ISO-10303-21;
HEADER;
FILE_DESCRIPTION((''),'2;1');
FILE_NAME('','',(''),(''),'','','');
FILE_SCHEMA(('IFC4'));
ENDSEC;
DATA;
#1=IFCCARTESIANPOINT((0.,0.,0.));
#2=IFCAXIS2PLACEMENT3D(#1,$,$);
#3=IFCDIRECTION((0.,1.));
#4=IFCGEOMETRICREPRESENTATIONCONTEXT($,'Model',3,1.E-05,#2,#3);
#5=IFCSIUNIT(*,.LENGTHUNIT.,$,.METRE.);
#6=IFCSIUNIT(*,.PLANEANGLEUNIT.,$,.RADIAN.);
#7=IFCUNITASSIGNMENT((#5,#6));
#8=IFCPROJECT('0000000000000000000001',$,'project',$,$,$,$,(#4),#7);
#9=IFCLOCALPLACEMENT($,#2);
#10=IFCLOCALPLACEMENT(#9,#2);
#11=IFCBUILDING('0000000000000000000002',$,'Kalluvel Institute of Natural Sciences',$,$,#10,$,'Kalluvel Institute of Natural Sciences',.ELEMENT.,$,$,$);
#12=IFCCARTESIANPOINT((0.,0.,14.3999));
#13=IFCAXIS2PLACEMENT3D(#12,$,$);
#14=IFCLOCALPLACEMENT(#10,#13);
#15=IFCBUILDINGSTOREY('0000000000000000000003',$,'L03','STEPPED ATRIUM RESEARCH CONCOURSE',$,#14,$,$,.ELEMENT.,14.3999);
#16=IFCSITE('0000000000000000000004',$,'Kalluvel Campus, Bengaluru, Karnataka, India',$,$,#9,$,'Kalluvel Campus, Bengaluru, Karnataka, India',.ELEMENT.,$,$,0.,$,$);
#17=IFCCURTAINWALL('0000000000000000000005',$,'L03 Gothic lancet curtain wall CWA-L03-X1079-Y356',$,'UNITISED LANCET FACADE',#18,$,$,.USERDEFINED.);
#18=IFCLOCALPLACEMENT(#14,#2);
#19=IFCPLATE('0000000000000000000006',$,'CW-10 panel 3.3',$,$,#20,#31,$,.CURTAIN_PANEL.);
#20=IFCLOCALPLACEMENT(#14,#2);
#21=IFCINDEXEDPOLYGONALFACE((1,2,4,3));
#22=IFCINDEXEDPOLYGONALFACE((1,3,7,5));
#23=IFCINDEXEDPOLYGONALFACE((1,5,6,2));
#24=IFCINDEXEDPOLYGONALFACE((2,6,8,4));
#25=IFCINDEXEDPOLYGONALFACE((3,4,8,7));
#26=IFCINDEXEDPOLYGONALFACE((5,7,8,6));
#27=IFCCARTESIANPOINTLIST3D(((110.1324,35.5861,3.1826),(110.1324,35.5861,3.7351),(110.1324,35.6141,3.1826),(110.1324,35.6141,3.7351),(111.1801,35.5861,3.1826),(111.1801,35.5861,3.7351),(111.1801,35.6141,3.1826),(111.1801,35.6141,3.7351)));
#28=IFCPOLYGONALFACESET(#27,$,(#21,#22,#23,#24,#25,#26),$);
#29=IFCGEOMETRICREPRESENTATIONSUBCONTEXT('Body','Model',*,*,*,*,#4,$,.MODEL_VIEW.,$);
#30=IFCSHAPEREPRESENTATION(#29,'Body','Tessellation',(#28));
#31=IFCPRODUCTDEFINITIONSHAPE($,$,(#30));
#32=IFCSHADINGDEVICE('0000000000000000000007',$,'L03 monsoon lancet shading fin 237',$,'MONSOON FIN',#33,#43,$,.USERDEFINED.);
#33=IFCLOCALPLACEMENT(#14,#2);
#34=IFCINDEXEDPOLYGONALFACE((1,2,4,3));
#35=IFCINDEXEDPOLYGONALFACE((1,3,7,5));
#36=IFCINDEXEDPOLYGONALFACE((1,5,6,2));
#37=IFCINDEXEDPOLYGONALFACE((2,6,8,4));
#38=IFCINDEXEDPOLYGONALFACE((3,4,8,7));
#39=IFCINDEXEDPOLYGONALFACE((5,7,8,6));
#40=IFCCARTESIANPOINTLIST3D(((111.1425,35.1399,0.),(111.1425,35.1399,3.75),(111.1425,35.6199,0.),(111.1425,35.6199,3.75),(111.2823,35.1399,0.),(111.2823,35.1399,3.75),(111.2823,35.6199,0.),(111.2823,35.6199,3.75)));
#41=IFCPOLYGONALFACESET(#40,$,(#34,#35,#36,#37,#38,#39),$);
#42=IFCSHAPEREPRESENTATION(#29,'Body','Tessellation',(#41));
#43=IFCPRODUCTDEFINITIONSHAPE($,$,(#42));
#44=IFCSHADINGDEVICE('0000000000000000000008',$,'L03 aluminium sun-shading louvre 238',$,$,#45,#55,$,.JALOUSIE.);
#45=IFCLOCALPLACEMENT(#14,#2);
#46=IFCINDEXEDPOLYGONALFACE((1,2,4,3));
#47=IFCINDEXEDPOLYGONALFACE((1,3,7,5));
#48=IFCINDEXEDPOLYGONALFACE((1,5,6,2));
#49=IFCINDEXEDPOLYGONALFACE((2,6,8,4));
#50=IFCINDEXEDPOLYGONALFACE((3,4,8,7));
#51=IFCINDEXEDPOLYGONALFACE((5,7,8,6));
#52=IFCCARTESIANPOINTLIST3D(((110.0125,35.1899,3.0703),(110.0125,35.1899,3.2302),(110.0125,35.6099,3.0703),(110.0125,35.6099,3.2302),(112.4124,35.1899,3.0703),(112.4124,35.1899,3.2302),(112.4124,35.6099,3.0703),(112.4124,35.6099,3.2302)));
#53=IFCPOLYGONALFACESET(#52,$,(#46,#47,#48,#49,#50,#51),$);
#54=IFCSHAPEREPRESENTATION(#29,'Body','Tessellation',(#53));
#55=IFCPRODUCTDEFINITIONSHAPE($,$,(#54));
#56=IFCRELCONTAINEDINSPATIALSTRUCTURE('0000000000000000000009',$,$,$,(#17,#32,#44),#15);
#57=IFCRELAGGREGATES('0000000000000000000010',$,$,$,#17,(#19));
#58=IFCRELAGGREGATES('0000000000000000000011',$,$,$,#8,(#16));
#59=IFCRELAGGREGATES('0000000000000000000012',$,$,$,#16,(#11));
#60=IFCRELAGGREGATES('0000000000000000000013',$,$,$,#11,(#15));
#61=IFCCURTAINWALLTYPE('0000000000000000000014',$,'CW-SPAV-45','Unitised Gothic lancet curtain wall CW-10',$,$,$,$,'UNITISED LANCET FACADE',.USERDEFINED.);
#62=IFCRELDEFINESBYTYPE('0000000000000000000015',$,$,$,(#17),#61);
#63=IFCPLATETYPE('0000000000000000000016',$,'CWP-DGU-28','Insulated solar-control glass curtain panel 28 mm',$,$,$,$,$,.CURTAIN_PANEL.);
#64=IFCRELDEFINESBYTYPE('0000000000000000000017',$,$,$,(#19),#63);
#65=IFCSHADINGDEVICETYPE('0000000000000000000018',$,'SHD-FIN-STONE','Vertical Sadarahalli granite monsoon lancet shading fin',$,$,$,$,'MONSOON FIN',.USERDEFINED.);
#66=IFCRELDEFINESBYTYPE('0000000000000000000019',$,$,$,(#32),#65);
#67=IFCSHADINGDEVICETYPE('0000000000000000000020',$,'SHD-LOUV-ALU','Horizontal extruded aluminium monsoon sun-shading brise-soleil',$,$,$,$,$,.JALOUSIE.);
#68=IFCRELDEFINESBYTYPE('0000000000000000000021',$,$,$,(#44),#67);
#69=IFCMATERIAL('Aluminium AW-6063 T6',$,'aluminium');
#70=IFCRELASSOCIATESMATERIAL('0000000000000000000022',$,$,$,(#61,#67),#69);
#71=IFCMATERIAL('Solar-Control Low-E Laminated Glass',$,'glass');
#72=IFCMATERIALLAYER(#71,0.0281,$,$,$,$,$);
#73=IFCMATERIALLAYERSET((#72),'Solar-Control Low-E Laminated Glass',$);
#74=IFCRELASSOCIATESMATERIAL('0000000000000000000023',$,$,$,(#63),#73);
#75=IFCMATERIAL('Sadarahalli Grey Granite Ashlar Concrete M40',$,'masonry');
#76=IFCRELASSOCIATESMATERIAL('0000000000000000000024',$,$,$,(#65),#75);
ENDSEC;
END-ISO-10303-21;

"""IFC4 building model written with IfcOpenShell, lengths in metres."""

from ifc_helpers import new_model, si_unit, direction, frame, origin, origin_2d, place, context, subcontext, project, spatial, rectangle, extrude, material, layer, layer_set, type_object, element, aggregate, save


model = new_model("IFC4")

# Units and contexts
model_context = context("Model", 3, precision=1e-05, world=origin(), true_north=direction((0.0, 1.0)))
body_context = subcontext(model_context, "Body", "Model", "MODEL_VIEW")
ifc_project = project(units=[si_unit("LENGTHUNIT", "METRE"), si_unit("PLANEANGLEUNIT", "RADIAN")], contexts=[model_context])

# Site, building, storey
site_placement = place(None, origin())
site = spatial("IfcSite", under=ifc_project, at=site_placement, Name="Kalluvel Campus, Bengaluru, Karnataka, India", LongName="Kalluvel Campus, Bengaluru, Karnataka, India", CompositionType="ELEMENT", RefElevation=0.0)
building_placement = place(site_placement, origin())
building = spatial("IfcBuilding", under=site, at=building_placement, Name="Kalluvel Institute of Natural Sciences", LongName="Kalluvel Institute of Natural Sciences", CompositionType="ELEMENT")
storey_placement = place(building_placement, frame((0.0, 0.0, 14.3999)))
storey = spatial("IfcBuildingStorey", under=building, at=storey_placement, Name="L03", Description="STEPPED ATRIUM RESEARCH CONCOURSE", CompositionType="ELEMENT", Elevation=14.3999)

# Curtain wall
ifc_material_1 = material(Name="Aluminium AW-6063 T6", Category="aluminium")
curtain_wall_type = type_object("IfcCurtainWallType", Name="CW-SPAV-45", Description="Unitised Gothic lancet curtain wall CW-10", ElementType="UNITISED LANCET FACADE", PredefinedType="USERDEFINED", material=ifc_material_1)
curtain_wall_placement = place(storey_placement, origin())
curtain_wall = element("IfcCurtainWall", 1, at=curtain_wall_placement, inside=storey, type_object=curtain_wall_type, Name="L03 Gothic lancet curtain wall CWA-L03-X1079-Y356", ObjectType="UNITISED LANCET FACADE", PredefinedType="USERDEFINED")

# Plate
ifc_material_2 = material(Name="Solar-Control Low-E Laminated Glass", Category="glass")
ifc_layer = layer(ifc_material_2, 0.0281)
ifc_layer_set = layer_set([ifc_layer], Name="Solar-Control Low-E Laminated Glass")
plate_type = type_object("IfcPlateType", Name="CWP-DGU-28", Description="Insulated solar-control glass curtain panel 28 mm", PredefinedType="CURTAIN_PANEL", material=ifc_layer_set)
plate_1_placement = place(storey_placement, frame((110.6562, 35.6001, 3.1826), z_axis=(0.0, 0.0, 1.0), x_axis=(1.0, 0.0, 0.0)))
plate_1 = element("IfcPlate", 2, at=plate_1_placement, type_object=plate_type, Name="CW-10 panel 3.3", PredefinedType="CURTAIN_PANEL", context=body_context, shape_type="SweptSolid", body=[
    extrude(rectangle(XDim=1.0476, YDim=0.0281, at=origin_2d()), origin(), (0.0, 0.0, 1.0), 0.5525),
])
aggregate(curtain_wall, [plate_1])

# Shading devices
ifc_material_3 = material(Name="Sadarahalli Grey Granite Ashlar Concrete M40", Category="masonry")
shading_device_type_1 = type_object("IfcShadingDeviceType", Name="SHD-FIN-STONE", Description="Vertical Sadarahalli granite monsoon lancet shading fin", ElementType="MONSOON FIN", PredefinedType="USERDEFINED", material=ifc_material_3)
shading_device_1_placement = place(storey_placement, frame((111.2124, 35.3799, 0.0), z_axis=(0.0, 0.0, 1.0), x_axis=(1.0, 0.0, 0.0)))
element("IfcShadingDevice", 3, at=shading_device_1_placement, inside=storey, type_object=shading_device_type_1, Name="L03 monsoon lancet shading fin 237", ObjectType="MONSOON FIN", PredefinedType="USERDEFINED", context=body_context, shape_type="SweptSolid", body=[
    extrude(rectangle(XDim=0.1399, YDim=0.48, at=origin_2d()), origin(), (0.0, 0.0, 1.0), 3.75),
])
shading_device_type_2 = type_object("IfcShadingDeviceType", Name="SHD-LOUV-ALU", Description="Horizontal extruded aluminium monsoon sun-shading brise-soleil", PredefinedType="JALOUSIE", material=ifc_material_1)
shading_device_2_placement = place(storey_placement, frame((111.2124, 35.3999, 3.0703), z_axis=(0.0, 0.0, 1.0), x_axis=(1.0, 0.0, 0.0)))
element("IfcShadingDevice", 4, at=shading_device_2_placement, inside=storey, type_object=shading_device_type_2, Name="L03 aluminium sun-shading louvre 238", PredefinedType="JALOUSIE", context=body_context, shape_type="SweptSolid", body=[
    extrude(rectangle(XDim=2.3999, YDim=0.4199, at=origin_2d()), origin(), (0.0, 0.0, 1.0), 0.1599),
])

save(model, "model.ifc")
